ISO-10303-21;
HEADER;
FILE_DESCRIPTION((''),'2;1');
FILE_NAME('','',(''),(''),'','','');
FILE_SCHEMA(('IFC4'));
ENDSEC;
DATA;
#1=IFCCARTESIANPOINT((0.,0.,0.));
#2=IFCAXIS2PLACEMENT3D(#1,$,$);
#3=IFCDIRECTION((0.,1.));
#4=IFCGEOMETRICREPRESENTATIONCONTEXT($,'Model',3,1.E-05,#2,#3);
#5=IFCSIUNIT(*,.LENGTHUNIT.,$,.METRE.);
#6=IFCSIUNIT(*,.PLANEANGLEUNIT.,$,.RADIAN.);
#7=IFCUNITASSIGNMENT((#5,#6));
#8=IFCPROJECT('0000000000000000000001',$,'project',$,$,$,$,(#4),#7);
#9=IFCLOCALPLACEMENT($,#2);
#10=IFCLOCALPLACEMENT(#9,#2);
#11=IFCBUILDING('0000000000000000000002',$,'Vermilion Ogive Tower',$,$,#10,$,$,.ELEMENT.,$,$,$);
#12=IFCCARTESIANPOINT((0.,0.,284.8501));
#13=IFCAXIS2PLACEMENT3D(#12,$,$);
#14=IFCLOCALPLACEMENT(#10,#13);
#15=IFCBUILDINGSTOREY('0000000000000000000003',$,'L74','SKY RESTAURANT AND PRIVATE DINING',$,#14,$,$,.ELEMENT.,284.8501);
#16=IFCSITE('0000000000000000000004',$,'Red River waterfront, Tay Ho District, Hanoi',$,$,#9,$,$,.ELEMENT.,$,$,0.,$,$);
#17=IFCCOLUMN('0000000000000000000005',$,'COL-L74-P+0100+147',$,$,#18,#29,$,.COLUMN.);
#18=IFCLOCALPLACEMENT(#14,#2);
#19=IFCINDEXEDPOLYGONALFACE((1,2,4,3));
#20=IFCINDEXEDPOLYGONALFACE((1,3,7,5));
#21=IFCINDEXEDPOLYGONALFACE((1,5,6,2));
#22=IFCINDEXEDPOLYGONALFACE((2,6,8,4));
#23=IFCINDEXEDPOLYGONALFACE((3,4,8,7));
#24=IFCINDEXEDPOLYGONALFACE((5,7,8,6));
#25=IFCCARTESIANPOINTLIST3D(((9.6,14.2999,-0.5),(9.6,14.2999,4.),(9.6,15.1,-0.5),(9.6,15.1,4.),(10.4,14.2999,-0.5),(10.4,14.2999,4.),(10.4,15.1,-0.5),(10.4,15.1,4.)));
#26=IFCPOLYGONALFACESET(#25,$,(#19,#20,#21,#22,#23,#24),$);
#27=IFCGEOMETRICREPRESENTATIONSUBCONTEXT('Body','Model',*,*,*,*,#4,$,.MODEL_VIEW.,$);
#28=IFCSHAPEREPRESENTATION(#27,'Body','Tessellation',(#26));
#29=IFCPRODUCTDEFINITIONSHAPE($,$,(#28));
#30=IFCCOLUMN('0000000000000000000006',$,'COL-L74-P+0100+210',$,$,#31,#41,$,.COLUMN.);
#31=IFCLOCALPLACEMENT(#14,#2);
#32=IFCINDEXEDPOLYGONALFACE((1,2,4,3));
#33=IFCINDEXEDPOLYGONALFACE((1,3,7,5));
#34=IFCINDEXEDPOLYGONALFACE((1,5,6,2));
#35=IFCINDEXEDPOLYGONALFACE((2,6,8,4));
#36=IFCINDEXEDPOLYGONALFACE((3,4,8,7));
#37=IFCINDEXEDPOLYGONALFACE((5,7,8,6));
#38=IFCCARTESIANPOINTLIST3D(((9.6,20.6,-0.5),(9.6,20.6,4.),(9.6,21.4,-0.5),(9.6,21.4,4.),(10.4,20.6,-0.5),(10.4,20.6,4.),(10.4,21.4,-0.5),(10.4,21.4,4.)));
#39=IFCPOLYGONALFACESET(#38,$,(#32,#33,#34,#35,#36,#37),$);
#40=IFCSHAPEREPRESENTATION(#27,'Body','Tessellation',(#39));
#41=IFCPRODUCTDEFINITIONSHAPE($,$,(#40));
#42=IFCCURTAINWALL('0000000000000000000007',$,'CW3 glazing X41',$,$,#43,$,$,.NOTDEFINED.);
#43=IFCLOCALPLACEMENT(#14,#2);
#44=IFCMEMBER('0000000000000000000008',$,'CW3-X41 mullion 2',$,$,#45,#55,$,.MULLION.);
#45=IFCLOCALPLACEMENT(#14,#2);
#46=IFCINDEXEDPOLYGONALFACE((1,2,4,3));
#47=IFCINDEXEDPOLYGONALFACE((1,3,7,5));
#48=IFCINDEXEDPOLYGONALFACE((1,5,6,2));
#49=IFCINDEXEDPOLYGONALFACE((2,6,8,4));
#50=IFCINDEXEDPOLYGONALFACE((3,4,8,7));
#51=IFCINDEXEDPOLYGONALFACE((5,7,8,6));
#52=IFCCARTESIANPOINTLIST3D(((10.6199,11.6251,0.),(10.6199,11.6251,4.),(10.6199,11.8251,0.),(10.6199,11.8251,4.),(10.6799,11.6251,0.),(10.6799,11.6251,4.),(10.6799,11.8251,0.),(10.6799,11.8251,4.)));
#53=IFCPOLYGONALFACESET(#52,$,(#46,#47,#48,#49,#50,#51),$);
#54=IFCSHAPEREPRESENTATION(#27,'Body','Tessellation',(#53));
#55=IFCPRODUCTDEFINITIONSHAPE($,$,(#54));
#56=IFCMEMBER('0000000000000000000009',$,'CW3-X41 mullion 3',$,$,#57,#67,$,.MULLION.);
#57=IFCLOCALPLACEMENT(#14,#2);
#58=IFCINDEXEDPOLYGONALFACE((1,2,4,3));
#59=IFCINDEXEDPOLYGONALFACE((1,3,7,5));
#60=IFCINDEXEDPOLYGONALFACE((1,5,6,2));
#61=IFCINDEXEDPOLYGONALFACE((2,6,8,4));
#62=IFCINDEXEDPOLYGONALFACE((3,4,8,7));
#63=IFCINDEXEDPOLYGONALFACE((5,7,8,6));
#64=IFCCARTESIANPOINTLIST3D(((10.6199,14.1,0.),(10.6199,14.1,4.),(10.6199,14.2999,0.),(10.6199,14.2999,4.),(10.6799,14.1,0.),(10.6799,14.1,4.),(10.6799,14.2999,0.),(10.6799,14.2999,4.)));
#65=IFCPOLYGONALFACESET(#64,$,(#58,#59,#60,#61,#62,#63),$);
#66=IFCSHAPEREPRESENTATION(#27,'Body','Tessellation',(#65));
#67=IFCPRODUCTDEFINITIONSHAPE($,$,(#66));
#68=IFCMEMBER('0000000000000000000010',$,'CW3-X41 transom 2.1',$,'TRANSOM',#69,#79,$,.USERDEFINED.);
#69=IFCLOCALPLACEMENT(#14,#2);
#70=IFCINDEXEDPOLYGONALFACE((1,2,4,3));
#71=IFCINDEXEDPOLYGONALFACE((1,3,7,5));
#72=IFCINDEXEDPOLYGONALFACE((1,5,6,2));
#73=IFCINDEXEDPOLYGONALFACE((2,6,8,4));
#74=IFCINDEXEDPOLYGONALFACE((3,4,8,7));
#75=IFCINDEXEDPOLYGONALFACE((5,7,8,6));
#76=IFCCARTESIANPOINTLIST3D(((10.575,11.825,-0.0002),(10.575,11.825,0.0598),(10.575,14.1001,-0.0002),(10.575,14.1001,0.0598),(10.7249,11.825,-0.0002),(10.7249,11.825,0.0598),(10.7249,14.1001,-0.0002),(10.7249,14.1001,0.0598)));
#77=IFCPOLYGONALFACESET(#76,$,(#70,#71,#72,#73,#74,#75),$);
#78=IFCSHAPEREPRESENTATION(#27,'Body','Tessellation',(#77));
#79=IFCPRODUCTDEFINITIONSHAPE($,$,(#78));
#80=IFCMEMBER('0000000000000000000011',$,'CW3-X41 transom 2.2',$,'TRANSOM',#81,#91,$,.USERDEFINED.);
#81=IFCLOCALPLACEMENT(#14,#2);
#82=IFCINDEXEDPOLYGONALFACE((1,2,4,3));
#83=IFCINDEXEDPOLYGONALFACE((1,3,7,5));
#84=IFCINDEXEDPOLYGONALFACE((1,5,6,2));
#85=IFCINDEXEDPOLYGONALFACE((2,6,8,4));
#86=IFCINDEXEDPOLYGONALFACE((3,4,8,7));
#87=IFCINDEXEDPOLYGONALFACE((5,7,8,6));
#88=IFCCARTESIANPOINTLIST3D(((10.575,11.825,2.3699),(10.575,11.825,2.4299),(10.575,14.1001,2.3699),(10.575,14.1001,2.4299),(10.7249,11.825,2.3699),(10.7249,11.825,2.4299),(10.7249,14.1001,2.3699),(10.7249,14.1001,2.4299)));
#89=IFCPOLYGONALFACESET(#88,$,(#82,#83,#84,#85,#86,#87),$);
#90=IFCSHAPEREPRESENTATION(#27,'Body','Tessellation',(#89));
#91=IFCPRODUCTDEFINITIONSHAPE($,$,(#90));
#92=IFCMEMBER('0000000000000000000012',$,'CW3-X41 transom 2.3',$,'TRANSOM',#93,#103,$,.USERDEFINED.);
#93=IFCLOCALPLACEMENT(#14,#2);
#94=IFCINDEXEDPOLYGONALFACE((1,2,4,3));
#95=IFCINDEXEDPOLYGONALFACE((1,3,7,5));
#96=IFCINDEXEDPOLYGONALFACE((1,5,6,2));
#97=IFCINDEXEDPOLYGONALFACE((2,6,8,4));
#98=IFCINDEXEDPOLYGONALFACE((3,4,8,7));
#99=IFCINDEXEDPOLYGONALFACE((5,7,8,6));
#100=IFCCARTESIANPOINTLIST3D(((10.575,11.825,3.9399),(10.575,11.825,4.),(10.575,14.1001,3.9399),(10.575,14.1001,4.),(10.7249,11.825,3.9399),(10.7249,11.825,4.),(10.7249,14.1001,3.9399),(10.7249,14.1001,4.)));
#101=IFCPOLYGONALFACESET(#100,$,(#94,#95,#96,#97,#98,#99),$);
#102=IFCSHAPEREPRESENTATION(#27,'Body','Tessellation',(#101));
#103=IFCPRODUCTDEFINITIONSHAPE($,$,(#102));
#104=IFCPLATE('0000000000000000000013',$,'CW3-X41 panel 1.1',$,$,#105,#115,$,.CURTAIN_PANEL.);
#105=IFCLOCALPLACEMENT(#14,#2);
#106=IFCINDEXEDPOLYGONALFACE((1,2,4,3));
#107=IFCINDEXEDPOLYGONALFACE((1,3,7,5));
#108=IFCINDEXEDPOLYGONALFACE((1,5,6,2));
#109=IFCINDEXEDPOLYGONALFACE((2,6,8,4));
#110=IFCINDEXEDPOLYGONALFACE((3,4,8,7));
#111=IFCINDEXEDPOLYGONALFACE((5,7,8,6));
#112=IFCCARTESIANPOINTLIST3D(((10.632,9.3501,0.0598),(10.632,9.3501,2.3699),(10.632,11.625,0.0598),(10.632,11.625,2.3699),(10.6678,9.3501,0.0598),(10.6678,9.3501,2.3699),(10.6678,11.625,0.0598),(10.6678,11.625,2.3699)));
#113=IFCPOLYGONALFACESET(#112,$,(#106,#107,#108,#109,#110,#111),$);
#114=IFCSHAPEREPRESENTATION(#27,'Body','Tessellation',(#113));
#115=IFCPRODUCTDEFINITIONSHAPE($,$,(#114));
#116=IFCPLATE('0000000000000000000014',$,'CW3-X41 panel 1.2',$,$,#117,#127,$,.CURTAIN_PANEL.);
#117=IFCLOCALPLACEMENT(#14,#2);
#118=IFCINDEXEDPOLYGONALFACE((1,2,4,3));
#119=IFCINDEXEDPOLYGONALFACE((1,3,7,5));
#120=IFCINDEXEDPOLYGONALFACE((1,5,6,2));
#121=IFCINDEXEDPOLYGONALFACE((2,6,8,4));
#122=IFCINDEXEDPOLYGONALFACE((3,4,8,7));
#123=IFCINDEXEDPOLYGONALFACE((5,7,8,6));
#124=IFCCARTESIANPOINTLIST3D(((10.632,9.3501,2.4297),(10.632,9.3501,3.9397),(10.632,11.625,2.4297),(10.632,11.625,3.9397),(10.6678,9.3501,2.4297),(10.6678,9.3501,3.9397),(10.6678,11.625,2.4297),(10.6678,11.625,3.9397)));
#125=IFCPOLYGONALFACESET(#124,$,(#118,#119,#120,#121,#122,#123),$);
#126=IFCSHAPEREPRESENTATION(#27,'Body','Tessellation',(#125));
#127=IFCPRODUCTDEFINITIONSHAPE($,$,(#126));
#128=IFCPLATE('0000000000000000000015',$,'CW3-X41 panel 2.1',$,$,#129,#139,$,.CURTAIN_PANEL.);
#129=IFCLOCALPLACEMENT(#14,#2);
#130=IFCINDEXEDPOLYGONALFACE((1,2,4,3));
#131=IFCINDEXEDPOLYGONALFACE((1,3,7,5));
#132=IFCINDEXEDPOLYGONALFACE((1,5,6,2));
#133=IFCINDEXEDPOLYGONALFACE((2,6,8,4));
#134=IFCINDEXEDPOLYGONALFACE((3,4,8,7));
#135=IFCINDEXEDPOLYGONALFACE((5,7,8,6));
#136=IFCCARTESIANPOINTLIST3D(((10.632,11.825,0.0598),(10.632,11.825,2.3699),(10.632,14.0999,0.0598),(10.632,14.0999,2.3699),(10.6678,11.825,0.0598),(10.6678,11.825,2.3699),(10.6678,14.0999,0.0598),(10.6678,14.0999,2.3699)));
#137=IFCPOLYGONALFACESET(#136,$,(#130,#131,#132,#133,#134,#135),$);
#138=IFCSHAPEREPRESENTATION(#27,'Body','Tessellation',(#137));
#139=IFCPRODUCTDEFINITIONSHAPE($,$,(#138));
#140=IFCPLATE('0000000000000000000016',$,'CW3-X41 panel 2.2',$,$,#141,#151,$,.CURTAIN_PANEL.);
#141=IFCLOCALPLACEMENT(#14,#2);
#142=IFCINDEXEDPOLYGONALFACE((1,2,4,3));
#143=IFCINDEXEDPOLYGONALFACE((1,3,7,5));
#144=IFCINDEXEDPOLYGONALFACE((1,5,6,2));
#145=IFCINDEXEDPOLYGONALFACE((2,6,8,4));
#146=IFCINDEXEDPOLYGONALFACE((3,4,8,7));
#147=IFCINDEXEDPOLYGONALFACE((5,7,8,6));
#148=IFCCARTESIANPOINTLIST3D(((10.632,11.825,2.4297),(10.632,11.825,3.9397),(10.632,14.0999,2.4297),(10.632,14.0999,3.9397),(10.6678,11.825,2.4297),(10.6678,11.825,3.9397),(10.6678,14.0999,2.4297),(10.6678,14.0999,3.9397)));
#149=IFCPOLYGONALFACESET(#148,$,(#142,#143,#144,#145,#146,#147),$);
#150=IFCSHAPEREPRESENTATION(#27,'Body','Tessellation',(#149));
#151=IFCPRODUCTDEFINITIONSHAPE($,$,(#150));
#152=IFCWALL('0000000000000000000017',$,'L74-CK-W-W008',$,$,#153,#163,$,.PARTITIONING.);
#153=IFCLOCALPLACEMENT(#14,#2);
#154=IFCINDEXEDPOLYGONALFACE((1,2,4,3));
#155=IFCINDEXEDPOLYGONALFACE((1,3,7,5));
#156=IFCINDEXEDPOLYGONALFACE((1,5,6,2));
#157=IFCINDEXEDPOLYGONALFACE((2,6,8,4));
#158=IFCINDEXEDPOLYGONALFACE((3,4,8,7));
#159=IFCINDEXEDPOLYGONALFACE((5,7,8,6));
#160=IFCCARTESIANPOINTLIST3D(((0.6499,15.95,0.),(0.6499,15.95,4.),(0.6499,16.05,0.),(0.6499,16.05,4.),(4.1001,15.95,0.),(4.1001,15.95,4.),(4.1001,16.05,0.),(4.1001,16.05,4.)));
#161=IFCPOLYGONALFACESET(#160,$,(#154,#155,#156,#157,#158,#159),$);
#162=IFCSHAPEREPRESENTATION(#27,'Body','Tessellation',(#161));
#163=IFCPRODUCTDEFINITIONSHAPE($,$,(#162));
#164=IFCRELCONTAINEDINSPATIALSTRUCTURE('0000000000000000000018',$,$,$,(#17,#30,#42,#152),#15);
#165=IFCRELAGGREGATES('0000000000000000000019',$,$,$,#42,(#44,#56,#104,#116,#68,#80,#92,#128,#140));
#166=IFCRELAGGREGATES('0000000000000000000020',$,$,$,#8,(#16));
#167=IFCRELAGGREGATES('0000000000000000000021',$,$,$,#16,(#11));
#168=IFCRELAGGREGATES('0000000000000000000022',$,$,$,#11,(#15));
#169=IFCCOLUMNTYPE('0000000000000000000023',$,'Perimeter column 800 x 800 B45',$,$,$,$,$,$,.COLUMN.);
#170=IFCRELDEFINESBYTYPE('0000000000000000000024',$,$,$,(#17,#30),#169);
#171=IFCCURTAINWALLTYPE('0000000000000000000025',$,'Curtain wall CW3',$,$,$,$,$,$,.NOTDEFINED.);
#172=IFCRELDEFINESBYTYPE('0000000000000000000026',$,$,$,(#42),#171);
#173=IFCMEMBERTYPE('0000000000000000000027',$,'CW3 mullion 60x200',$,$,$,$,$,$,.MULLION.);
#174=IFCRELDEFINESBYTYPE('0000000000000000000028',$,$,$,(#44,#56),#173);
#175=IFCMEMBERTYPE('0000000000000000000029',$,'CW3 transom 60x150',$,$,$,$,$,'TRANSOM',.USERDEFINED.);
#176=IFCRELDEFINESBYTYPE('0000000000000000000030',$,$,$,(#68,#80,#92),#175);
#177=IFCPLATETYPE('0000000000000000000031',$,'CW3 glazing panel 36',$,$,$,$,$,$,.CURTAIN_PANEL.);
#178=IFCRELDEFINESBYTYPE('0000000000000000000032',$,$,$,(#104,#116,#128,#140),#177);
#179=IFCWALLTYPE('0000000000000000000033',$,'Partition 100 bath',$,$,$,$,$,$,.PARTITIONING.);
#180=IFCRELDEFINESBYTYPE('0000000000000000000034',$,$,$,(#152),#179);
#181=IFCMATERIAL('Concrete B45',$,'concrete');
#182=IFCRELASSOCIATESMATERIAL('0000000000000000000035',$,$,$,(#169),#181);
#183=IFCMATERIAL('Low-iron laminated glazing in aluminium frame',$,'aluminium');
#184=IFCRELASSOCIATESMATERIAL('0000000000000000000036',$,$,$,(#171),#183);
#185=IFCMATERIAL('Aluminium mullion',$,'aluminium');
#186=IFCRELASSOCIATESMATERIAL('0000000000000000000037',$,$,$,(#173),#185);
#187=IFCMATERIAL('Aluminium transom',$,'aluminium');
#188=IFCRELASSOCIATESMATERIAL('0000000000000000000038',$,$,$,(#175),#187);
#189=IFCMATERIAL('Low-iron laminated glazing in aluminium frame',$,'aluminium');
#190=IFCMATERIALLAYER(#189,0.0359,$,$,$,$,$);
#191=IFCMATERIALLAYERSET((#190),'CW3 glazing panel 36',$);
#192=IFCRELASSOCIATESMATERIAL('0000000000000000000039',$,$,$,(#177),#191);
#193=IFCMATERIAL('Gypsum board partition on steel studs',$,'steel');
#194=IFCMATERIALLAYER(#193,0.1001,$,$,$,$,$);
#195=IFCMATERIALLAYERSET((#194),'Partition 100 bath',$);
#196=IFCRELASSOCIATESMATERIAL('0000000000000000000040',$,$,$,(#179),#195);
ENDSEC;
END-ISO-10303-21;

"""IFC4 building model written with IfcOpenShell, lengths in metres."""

from ifc_helpers import new_model, si_unit, direction, frame, frame_2d, origin, origin_2d, place, context, subcontext, project, spatial, rectangle, extrude, material, layer, layer_set, material_profile, profile_set, type_object, element, aggregate, save


model = new_model("IFC4")

# Units and contexts
model_context = context("Model", 3, precision=1e-05, world=origin(), true_north=direction((0.0, 1.0)))
body_context = subcontext(model_context, "Body", "Model", "MODEL_VIEW")
ifc_project = project(units=[si_unit("LENGTHUNIT", "METRE"), si_unit("PLANEANGLEUNIT", "RADIAN")], contexts=[model_context])

# Site, building, storey
site_placement = place(None, origin())
site = spatial("IfcSite", under=ifc_project, at=site_placement, Name="Red River waterfront, Tay Ho District, Hanoi", CompositionType="ELEMENT", RefElevation=0.0)
building_placement = place(site_placement, origin())
building = spatial("IfcBuilding", under=site, at=building_placement, Name="Vermilion Ogive Tower", CompositionType="ELEMENT")
storey_placement = place(building_placement, frame((0.0, 0.0, 284.8501)))
storey = spatial("IfcBuildingStorey", under=building, at=storey_placement, Name="L74", Description="SKY RESTAURANT AND PRIVATE DINING", CompositionType="ELEMENT", Elevation=284.8501)

# Columns
ifc_material_1 = material(Name="Concrete B45", Category="concrete")
ifc_material_profile_1 = material_profile(ifc_material_1, rectangle(XDim=0.8, YDim=0.8, at=origin_2d()), Name="800 x 800")
ifc_profile_set_1 = profile_set([ifc_material_profile_1], Name="Concrete B45")
column_type = type_object("IfcColumnType", Name="Perimeter column 800 x 800 B45", PredefinedType="COLUMN", material=ifc_profile_set_1)
for number, where, z_axis, x_axis, name in (
    (1, (10.0, 14.7, -0.5), (0.0, 0.0, 1.0), (1.0, 0.0, 0.0), "COL-L74-P+0100+147"),
    (2, (10.0, 21.0, -0.5), (0.0, 0.0, 1.0), (1.0, 0.0, 0.0), "COL-L74-P+0100+210"),
):
    element("IfcColumn", number, at=place(storey_placement, frame(where, z_axis=z_axis, x_axis=x_axis)), inside=storey, type_object=column_type, Name=name, PredefinedType="COLUMN", context=body_context, shape_type="SweptSolid", body=[
        extrude(rectangle(XDim=0.8, YDim=0.8, at=origin_2d()), origin(), (0.0, 0.0, 1.0), 4.5),
    ])

# Curtain wall, members, plates
ifc_material_2 = material(Name="Low-iron laminated glazing in aluminium frame", Category="aluminium")
curtain_wall_type = type_object("IfcCurtainWallType", Name="Curtain wall CW3", PredefinedType="NOTDEFINED", material=ifc_material_2)
curtain_wall_placement = place(storey_placement, origin())
curtain_wall = element("IfcCurtainWall", 3, at=curtain_wall_placement, inside=storey, type_object=curtain_wall_type, Name="CW3 glazing X41", PredefinedType="NOTDEFINED")
ifc_material_3 = material(Name="Aluminium mullion", Category="aluminium")
ifc_material_profile_2 = material_profile(ifc_material_3, rectangle(XDim=0.0601, YDim=0.2, at=origin_2d()), Name="AL 60x200")
ifc_profile_set_2 = profile_set([ifc_material_profile_2], Name="Aluminium mullion")
member_type_1 = type_object("IfcMemberType", Name="CW3 mullion 60x200", PredefinedType="MULLION", material=ifc_profile_set_2)
member_1_placement = place(storey_placement, frame((10.6499, 11.7251, 0.0), z_axis=(0.0, 0.0, 1.0), x_axis=(-1.0, 0.0, 0.0)))
member_1 = element("IfcMember", 4, at=member_1_placement, type_object=member_type_1, Name="CW3-X41 mullion 2", PredefinedType="MULLION", context=body_context, shape_type="SweptSolid", body=[
    extrude(rectangle(XDim=0.0601, YDim=0.2, at=origin_2d()), origin(), (0.0, 0.0, 1.0), 4.0),
])
member_2_placement = place(storey_placement, frame((10.6499, 14.2, 0.0), z_axis=(0.0, 0.0, 1.0), x_axis=(-1.0, 0.0, 0.0)))
member_2 = element("IfcMember", 5, at=member_2_placement, type_object=member_type_1, Name="CW3-X41 mullion 3", PredefinedType="MULLION", context=body_context, shape_type="SweptSolid", body=[
    extrude(rectangle(XDim=0.0601, YDim=0.2, at=origin_2d()), origin(), (0.0, 0.0, 1.0), 4.0),
])
ifc_material_4 = material(Name="Aluminium transom", Category="aluminium")
ifc_material_profile_3 = material_profile(ifc_material_4, rectangle(XDim=0.1499, YDim=0.0601, at=origin_2d()), Name="AL 60x150")
ifc_profile_set_3 = profile_set([ifc_material_profile_3], Name="Aluminium transom")
member_type_2 = type_object("IfcMemberType", Name="CW3 transom 60x150", ElementType="TRANSOM", PredefinedType="USERDEFINED", material=ifc_profile_set_3)
member_3_placement = place(storey_placement, frame((10.6499, 11.825, 0.0298), z_axis=(0.0, 1.0, 0.0), x_axis=(-1.0, 0.0, 0.0)))
member_3 = element("IfcMember", 6, at=member_3_placement, type_object=member_type_2, Name="CW3-X41 transom 2.1", ObjectType="TRANSOM", PredefinedType="USERDEFINED", context=body_context, shape_type="SweptSolid", body=[
    extrude(rectangle(XDim=0.1499, YDim=0.0601, at=origin_2d()), origin(), (0.0, 0.0, 1.0), 2.2751),
])
member_4_placement = place(storey_placement, frame((10.6499, 11.825, 2.3999), z_axis=(0.0, 1.0, 0.0), x_axis=(-1.0, 0.0, 0.0)))
member_4 = element("IfcMember", 7, at=member_4_placement, type_object=member_type_2, Name="CW3-X41 transom 2.2", ObjectType="TRANSOM", PredefinedType="USERDEFINED", context=body_context, shape_type="SweptSolid", body=[
    extrude(rectangle(XDim=0.1499, YDim=0.0601, at=origin_2d()), origin(), (0.0, 0.0, 1.0), 2.2751),
])
member_5_placement = place(storey_placement, frame((10.6499, 11.825, 3.97), z_axis=(0.0, 1.0, 0.0), x_axis=(-1.0, 0.0, 0.0)))
member_5 = element("IfcMember", 8, at=member_5_placement, type_object=member_type_2, Name="CW3-X41 transom 2.3", ObjectType="TRANSOM", PredefinedType="USERDEFINED", context=body_context, shape_type="SweptSolid", body=[
    extrude(rectangle(XDim=0.1499, YDim=0.0601, at=origin_2d()), origin(), (0.0, 0.0, 1.0), 2.2751),
])
ifc_material_5 = material(Name="Low-iron laminated glazing in aluminium frame", Category="aluminium")
ifc_layer_1 = layer(ifc_material_5, 0.0359)
ifc_layer_set_1 = layer_set([ifc_layer_1], Name="CW3 glazing panel 36")
plate_type = type_object("IfcPlateType", Name="CW3 glazing panel 36", PredefinedType="CURTAIN_PANEL", material=ifc_layer_set_1)
plate_1_placement = place(storey_placement, frame((10.6499, 10.4875, 0.0598), z_axis=(0.0, 0.0, 1.0), x_axis=(0.0, 1.0, 0.0)))
plate_1 = element("IfcPlate", 9, at=plate_1_placement, type_object=plate_type, Name="CW3-X41 panel 1.1", PredefinedType="CURTAIN_PANEL", context=body_context, shape_type="SweptSolid", body=[
    extrude(rectangle(XDim=2.2749, YDim=0.0359, at=origin_2d()), origin(), (0.0, 0.0, 1.0), 2.3101),
])
plate_2_placement = place(storey_placement, frame((10.6499, 10.4875, 2.4297), z_axis=(0.0, 0.0, 1.0), x_axis=(0.0, 1.0, 0.0)))
plate_2 = element("IfcPlate", 10, at=plate_2_placement, type_object=plate_type, Name="CW3-X41 panel 1.2", PredefinedType="CURTAIN_PANEL", context=body_context, shape_type="SweptSolid", body=[
    extrude(rectangle(XDim=2.2749, YDim=0.0359, at=origin_2d()), origin(), (0.0, 0.0, 1.0), 1.51),
])
plate_3_placement = place(storey_placement, frame((10.6499, 12.9624, 0.0598), z_axis=(0.0, 0.0, 1.0), x_axis=(0.0, 1.0, 0.0)))
plate_3 = element("IfcPlate", 11, at=plate_3_placement, type_object=plate_type, Name="CW3-X41 panel 2.1", PredefinedType="CURTAIN_PANEL", context=body_context, shape_type="SweptSolid", body=[
    extrude(rectangle(XDim=2.2749, YDim=0.0359, at=origin_2d()), origin(), (0.0, 0.0, 1.0), 2.3101),
])
plate_4_placement = place(storey_placement, frame((10.6499, 12.9624, 2.4297), z_axis=(0.0, 0.0, 1.0), x_axis=(0.0, 1.0, 0.0)))
plate_4 = element("IfcPlate", 12, at=plate_4_placement, type_object=plate_type, Name="CW3-X41 panel 2.2", PredefinedType="CURTAIN_PANEL", context=body_context, shape_type="SweptSolid", body=[
    extrude(rectangle(XDim=2.2749, YDim=0.0359, at=origin_2d()), origin(), (0.0, 0.0, 1.0), 1.51),
])
aggregate(curtain_wall, [member_1, member_2, plate_1, plate_2, member_3, member_4, member_5, plate_3, plate_4])

# Wall
ifc_material_6 = material(Name="Gypsum board partition on steel studs", Category="steel")
ifc_layer_2 = layer(ifc_material_6, 0.1001)
ifc_layer_set_2 = layer_set([ifc_layer_2], Name="Partition 100 bath")
wall_type_1 = type_object("IfcWallType", Name="Partition 100 bath", PredefinedType="PARTITIONING", material=ifc_layer_set_2)
wall_1_placement = place(storey_placement, frame((0.6499, 16.0, 0.0), z_axis=(0.0, 0.0, 1.0), x_axis=(1.0, 0.0, 0.0)))
element("IfcWall", 13, at=wall_1_placement, inside=storey, type_object=wall_type_1, Name="L74-CK-W-W008", PredefinedType="PARTITIONING", context=body_context, shape_type="SweptSolid", body=[
    extrude(rectangle(XDim=3.4502, YDim=0.1001, at=frame_2d((1.7251, 0.0))), origin(), (0.0, 0.0, 1.0), 4.0),
])

save(model, "model.ifc")
